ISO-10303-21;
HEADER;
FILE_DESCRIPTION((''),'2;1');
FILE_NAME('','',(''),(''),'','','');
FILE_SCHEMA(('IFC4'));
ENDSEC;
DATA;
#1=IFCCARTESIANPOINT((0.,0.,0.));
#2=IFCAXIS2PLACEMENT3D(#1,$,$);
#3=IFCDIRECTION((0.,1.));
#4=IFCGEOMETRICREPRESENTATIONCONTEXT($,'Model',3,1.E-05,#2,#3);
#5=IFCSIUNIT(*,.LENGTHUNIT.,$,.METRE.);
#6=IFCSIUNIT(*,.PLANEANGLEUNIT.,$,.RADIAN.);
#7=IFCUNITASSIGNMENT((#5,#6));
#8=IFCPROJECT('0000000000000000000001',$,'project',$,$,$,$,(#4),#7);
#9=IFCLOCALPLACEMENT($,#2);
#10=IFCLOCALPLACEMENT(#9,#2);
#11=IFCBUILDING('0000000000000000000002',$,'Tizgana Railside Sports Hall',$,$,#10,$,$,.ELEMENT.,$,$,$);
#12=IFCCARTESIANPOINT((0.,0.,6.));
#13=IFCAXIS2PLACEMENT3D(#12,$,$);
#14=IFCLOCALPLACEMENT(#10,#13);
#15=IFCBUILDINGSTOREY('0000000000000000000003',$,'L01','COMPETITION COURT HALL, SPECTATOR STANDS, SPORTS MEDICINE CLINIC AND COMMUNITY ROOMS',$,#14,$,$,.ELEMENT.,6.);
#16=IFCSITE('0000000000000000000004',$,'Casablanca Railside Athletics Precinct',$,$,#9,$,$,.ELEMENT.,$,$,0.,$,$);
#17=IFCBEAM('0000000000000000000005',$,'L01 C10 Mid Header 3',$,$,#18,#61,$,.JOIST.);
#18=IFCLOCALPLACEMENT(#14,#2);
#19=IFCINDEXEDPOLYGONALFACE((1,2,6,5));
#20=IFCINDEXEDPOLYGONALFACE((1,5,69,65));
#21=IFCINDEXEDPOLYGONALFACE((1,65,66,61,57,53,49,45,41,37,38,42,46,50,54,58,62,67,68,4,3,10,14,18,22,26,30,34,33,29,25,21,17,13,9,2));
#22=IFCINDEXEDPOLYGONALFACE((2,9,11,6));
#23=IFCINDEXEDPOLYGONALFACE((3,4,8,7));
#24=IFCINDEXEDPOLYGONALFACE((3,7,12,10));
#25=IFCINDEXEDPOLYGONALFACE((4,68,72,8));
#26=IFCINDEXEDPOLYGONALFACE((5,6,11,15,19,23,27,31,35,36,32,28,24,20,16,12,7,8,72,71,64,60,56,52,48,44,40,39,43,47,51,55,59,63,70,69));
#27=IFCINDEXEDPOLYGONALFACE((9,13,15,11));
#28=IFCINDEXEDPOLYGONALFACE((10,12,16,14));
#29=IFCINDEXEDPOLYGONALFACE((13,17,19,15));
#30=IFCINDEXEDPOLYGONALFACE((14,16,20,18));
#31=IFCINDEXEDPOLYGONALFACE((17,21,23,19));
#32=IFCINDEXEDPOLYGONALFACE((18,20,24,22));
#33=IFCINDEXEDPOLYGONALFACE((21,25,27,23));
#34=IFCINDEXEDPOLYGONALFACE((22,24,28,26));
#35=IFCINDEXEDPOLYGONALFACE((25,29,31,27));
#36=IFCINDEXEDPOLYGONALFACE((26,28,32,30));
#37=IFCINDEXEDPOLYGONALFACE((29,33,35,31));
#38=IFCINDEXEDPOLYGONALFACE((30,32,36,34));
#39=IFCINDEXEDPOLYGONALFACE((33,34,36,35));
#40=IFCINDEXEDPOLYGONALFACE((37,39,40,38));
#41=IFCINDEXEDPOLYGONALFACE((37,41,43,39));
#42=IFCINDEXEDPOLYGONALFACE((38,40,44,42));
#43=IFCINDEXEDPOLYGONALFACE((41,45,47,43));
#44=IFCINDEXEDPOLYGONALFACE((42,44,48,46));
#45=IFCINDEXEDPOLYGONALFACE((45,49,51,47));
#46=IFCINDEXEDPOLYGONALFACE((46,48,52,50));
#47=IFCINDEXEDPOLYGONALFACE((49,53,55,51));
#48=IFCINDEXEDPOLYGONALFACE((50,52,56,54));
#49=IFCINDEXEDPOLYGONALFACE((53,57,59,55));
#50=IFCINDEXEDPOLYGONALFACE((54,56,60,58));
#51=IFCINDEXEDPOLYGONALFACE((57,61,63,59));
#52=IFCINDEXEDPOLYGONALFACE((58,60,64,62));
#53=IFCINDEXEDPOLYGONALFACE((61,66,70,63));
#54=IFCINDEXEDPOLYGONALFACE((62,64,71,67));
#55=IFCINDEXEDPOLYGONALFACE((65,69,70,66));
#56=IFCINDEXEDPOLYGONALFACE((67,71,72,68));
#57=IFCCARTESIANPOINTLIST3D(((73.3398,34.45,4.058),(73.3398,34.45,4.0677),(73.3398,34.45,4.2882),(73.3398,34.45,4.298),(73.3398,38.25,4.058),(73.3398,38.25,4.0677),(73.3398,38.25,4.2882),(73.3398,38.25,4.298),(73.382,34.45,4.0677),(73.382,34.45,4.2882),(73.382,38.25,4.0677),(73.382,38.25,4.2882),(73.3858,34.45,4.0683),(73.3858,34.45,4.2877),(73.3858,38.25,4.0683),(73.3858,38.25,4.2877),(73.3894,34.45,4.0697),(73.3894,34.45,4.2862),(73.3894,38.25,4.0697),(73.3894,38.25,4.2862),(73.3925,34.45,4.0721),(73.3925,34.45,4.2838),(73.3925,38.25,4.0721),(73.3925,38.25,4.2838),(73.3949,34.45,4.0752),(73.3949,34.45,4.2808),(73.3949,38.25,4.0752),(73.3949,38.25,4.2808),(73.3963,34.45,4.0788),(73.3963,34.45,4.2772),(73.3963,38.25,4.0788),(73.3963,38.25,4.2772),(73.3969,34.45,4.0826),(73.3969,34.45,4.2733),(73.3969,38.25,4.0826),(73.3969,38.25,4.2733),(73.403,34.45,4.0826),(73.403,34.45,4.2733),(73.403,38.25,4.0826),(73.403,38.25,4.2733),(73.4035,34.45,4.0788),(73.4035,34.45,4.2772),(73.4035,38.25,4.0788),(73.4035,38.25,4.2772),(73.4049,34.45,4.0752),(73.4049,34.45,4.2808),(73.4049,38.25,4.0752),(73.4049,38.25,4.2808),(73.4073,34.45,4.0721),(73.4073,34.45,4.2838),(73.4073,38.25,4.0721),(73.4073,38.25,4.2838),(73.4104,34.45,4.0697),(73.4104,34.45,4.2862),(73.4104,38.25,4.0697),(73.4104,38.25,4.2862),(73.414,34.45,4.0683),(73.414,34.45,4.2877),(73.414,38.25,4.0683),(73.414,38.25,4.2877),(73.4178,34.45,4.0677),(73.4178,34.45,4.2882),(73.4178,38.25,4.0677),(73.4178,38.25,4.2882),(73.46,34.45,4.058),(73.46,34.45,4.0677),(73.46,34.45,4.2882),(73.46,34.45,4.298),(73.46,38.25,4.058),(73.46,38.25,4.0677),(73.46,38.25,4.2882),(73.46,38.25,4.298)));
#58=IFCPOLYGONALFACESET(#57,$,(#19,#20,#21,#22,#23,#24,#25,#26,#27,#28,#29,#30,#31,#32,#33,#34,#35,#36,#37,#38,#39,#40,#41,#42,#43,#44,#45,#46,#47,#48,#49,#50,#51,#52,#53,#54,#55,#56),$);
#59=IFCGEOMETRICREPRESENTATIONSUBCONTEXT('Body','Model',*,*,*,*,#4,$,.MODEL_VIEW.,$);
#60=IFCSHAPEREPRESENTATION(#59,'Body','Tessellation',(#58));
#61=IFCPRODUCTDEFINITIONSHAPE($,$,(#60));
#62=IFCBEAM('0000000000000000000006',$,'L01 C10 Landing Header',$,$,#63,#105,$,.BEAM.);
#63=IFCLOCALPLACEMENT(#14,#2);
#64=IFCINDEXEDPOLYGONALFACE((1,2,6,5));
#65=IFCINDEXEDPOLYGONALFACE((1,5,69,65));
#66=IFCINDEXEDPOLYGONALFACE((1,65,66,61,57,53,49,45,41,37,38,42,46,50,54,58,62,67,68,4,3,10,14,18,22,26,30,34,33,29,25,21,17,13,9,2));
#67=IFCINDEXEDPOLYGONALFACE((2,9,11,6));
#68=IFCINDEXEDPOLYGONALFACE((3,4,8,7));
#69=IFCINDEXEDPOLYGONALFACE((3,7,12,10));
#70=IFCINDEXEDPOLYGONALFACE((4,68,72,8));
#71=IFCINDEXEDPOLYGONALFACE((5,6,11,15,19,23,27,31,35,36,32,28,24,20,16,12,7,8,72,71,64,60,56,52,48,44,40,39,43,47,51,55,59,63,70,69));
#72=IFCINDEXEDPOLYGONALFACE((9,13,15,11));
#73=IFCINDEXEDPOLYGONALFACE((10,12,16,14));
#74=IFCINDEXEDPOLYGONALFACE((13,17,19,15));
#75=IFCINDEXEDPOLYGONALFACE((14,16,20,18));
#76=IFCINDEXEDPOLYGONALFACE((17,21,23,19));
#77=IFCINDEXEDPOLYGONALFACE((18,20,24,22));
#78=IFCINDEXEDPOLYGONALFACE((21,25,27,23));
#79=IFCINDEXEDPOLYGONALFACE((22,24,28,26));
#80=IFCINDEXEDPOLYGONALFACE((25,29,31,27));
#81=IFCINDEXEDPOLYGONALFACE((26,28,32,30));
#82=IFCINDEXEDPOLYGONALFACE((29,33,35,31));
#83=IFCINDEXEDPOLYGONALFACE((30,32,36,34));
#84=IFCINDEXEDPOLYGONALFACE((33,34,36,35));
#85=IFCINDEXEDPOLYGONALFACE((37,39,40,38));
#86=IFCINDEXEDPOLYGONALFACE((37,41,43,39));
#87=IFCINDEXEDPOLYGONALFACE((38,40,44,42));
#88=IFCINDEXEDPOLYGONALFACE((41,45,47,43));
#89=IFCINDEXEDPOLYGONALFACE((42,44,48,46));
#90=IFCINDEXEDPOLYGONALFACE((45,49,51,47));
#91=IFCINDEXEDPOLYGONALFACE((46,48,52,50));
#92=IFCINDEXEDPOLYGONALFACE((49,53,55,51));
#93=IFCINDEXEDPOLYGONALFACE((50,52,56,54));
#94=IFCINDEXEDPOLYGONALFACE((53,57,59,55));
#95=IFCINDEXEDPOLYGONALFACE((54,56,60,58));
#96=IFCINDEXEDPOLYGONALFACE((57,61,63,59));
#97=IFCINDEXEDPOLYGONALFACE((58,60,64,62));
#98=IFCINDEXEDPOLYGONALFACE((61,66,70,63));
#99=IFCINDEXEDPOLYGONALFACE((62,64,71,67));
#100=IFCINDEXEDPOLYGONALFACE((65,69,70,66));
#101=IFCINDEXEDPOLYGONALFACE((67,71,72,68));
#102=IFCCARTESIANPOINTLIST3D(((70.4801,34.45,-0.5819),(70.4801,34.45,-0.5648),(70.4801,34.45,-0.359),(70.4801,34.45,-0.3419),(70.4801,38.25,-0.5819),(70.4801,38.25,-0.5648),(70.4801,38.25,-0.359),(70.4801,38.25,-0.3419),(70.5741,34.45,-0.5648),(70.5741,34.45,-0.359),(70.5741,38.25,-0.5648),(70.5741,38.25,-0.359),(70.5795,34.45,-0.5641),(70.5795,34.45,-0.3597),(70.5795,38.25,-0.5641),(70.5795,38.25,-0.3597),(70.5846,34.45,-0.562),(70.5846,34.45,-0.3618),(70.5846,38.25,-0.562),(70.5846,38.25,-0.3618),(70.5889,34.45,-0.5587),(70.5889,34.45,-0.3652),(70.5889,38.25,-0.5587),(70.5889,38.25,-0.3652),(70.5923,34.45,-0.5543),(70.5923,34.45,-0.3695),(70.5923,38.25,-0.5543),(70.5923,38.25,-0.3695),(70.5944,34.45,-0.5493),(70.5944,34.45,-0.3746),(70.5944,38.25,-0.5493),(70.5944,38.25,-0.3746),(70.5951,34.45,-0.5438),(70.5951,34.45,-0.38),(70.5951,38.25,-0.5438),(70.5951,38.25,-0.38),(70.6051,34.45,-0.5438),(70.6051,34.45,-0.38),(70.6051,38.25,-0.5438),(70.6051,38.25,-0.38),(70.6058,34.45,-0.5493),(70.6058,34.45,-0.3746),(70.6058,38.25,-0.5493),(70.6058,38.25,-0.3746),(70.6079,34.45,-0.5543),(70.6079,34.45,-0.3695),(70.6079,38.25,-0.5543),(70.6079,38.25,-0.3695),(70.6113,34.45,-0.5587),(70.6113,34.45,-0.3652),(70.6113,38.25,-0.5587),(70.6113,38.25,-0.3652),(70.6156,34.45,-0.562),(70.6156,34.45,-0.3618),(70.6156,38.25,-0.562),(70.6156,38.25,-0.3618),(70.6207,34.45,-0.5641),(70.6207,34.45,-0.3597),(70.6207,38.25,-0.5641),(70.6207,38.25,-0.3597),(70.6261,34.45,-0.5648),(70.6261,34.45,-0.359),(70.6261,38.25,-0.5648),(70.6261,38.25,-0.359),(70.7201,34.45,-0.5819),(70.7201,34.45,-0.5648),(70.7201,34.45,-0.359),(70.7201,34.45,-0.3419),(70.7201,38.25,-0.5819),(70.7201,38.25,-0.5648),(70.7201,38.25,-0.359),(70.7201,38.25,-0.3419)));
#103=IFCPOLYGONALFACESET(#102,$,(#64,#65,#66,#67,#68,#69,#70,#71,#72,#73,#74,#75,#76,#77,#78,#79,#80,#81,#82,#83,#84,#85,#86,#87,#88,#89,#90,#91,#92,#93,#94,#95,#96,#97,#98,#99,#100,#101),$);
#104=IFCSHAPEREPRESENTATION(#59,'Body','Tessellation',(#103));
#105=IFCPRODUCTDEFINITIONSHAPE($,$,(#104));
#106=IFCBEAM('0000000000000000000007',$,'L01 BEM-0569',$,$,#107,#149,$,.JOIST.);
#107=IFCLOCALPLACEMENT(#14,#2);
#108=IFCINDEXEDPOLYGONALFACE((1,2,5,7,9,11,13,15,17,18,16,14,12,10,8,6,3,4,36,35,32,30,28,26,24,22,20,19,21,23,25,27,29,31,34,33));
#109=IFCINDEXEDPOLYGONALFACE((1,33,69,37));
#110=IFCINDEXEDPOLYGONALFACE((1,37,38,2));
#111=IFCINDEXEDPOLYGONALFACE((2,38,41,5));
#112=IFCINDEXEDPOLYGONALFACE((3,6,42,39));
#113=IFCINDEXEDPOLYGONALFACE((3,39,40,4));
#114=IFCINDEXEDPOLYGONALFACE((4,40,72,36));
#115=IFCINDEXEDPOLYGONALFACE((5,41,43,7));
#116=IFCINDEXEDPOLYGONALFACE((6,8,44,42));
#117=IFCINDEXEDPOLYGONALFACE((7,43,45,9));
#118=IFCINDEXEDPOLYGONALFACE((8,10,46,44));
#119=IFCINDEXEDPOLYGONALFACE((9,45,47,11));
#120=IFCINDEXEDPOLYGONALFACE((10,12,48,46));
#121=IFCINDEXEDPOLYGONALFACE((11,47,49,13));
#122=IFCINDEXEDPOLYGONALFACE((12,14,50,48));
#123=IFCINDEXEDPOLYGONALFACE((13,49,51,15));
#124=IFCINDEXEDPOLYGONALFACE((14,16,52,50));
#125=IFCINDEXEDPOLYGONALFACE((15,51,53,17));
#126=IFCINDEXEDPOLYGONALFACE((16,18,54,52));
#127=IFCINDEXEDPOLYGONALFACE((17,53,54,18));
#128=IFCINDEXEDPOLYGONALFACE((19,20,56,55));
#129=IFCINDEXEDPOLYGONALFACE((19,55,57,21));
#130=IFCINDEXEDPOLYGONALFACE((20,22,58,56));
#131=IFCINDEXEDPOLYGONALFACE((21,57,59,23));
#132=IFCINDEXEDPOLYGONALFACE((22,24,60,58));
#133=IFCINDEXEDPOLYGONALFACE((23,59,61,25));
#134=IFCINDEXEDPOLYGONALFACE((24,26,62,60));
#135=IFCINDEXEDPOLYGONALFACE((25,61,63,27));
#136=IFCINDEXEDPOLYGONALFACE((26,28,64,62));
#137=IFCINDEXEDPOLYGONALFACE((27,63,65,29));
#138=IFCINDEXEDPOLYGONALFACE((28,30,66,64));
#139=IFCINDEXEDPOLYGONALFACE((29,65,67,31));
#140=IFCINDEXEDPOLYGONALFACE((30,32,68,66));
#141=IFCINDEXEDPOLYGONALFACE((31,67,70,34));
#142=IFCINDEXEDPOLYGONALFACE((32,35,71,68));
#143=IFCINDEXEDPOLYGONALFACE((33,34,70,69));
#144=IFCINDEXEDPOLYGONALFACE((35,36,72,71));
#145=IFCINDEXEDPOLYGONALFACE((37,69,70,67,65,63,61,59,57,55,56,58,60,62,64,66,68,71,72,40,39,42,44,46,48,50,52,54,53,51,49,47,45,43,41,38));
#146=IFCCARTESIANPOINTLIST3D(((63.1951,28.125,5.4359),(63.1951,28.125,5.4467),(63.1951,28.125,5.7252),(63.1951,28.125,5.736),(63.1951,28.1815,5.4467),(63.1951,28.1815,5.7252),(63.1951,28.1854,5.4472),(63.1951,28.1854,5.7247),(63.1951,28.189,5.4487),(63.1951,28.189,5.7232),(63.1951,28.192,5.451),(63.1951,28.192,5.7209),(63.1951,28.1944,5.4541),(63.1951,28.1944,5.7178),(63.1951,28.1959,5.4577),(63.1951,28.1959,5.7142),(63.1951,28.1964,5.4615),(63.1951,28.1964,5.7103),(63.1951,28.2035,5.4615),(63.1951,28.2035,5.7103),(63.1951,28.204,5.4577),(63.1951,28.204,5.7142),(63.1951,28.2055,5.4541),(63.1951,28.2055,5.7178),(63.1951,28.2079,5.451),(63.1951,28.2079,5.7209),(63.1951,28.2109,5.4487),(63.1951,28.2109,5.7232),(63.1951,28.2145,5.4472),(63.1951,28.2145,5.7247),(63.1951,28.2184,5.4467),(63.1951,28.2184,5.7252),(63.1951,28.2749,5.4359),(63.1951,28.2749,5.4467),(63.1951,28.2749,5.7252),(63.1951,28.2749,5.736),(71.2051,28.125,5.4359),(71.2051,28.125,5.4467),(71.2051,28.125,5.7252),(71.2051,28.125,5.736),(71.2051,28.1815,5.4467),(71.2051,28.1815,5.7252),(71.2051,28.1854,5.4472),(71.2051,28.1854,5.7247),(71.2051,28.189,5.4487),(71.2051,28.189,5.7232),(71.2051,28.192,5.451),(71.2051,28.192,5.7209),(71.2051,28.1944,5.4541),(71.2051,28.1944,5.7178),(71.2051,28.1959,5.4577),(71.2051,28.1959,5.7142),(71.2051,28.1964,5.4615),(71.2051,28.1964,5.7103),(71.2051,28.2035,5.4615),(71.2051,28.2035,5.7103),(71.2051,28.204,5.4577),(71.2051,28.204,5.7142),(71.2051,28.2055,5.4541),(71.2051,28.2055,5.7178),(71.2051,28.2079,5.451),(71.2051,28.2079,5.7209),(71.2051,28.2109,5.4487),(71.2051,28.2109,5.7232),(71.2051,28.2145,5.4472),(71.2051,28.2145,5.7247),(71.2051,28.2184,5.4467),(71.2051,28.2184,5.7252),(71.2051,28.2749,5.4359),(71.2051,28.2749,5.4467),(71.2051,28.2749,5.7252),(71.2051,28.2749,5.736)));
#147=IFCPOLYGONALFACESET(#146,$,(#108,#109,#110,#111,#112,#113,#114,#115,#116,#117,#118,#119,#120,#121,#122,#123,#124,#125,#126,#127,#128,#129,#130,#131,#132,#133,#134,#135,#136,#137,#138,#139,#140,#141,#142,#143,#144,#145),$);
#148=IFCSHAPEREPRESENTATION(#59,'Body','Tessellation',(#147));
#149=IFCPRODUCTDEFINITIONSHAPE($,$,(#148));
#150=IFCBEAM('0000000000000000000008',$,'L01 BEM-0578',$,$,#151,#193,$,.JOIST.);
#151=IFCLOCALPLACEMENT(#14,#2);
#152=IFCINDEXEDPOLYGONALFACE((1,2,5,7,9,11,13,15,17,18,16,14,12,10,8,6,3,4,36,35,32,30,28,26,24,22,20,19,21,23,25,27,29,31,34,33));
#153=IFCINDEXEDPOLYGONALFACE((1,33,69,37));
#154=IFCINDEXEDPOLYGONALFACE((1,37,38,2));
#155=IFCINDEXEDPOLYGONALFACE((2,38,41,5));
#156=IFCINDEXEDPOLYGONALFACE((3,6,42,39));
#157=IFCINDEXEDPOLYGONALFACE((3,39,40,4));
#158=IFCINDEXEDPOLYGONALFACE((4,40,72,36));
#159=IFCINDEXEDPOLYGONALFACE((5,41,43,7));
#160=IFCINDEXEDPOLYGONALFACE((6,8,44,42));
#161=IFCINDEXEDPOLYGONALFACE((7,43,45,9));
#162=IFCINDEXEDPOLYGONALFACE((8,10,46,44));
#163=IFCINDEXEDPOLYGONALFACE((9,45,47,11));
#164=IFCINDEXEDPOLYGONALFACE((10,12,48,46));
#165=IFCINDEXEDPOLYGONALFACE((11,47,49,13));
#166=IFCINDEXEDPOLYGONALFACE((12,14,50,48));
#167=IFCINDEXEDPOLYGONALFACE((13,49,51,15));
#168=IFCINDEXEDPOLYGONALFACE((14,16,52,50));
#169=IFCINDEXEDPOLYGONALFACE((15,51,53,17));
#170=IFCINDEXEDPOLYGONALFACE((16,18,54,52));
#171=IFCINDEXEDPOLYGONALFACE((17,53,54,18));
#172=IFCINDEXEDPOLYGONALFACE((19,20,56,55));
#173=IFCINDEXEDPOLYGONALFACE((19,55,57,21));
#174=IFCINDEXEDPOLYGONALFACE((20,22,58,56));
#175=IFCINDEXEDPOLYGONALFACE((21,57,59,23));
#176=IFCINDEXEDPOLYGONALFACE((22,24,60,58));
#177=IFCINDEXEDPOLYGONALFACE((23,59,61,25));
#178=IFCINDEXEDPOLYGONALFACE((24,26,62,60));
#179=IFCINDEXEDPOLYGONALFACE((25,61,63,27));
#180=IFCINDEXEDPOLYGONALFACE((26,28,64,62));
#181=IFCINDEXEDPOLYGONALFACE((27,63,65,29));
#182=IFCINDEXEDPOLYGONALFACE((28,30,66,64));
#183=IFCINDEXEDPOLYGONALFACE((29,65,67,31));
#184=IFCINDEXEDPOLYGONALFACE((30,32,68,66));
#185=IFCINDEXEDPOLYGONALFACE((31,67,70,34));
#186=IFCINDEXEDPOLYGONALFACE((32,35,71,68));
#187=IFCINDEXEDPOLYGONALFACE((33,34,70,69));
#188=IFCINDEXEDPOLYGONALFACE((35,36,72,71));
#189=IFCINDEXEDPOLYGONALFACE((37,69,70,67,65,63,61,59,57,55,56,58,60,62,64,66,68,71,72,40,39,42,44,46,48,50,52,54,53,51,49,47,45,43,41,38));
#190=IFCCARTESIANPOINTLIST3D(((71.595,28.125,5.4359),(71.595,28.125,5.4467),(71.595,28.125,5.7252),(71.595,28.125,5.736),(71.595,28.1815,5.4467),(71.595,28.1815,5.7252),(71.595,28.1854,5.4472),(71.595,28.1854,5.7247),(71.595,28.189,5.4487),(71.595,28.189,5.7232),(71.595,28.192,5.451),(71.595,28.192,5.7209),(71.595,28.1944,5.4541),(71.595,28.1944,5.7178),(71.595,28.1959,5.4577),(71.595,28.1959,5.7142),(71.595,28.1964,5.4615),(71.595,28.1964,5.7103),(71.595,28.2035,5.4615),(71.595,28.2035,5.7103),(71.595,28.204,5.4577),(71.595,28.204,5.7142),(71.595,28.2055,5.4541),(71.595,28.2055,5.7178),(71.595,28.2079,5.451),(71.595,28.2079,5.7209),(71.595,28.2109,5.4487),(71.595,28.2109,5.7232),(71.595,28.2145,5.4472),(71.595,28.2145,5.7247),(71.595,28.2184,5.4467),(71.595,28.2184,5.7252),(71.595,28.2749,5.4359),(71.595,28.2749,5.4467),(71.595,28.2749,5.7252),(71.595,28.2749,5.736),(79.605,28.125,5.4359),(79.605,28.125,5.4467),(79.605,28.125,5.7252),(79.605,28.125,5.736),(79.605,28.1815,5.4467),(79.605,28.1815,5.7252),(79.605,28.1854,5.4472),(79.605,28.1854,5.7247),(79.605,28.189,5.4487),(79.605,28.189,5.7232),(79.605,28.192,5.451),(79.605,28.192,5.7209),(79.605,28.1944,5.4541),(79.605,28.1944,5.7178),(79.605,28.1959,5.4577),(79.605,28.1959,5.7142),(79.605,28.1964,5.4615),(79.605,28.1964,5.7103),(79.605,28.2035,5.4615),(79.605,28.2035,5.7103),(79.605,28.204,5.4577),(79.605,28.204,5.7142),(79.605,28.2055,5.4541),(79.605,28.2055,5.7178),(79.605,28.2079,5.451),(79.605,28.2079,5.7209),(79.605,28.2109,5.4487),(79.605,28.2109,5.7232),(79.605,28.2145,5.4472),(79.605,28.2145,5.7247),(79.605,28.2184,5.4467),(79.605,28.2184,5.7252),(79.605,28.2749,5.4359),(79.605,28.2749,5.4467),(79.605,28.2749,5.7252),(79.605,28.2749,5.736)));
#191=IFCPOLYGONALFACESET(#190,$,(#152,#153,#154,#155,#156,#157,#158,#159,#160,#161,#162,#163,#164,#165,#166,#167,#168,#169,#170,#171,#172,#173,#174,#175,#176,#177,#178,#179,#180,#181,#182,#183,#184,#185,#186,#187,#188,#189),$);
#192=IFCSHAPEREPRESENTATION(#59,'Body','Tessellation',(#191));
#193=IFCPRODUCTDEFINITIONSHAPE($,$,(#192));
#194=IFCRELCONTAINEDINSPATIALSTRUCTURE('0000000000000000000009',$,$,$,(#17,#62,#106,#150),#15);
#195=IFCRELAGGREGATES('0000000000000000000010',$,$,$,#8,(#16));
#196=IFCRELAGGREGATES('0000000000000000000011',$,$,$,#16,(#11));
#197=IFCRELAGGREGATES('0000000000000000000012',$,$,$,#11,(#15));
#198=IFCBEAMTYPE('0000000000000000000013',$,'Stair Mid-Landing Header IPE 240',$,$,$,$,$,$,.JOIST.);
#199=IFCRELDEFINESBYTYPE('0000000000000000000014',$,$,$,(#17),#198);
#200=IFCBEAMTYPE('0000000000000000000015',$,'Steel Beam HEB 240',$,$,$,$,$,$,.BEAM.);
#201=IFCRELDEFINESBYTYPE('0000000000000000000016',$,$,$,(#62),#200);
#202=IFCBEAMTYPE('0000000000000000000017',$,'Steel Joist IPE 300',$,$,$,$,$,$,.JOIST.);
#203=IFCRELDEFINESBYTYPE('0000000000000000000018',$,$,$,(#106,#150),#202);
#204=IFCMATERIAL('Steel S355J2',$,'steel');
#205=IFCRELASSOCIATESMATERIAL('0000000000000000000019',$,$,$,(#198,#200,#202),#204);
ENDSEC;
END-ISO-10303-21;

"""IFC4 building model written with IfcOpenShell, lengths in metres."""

from ifc_helpers import new_model, si_unit, direction, frame, origin, origin_2d, place, context, subcontext, project, spatial, i_section, extrude, material, material_profile, profile_set, type_object, element, save


model = new_model("IFC4")

# Units and contexts
model_context = context("Model", 3, precision=1e-05, world=origin(), true_north=direction((0.0, 1.0)))
body_context = subcontext(model_context, "Body", "Model", "MODEL_VIEW")
ifc_project = project(units=[si_unit("LENGTHUNIT", "METRE"), si_unit("PLANEANGLEUNIT", "RADIAN")], contexts=[model_context])

# Site, building, storey
site_placement = place(None, origin())
site = spatial("IfcSite", under=ifc_project, at=site_placement, Name="Casablanca Railside Athletics Precinct", CompositionType="ELEMENT", RefElevation=0.0)
building_placement = place(site_placement, origin())
building = spatial("IfcBuilding", under=site, at=building_placement, Name="Tizgana Railside Sports Hall", CompositionType="ELEMENT")
storey_placement = place(building_placement, frame((0.0, 0.0, 6.0)))
storey = spatial("IfcBuildingStorey", under=building, at=storey_placement, Name="L01", Description="COMPETITION COURT HALL, SPECTATOR STANDS, SPORTS MEDICINE CLINIC AND COMMUNITY ROOMS", CompositionType="ELEMENT", Elevation=6.0)

# Shared definitions
ifc_material_1 = material(Name="Steel S355J2", Category="steel")

# Beams
ifc_material_profile_1 = material_profile(ifc_material_1, i_section(OverallWidth=0.1201, OverallDepth=0.24, WebThickness=0.0061, FlangeThickness=0.0098, FilletRadius=0.0149, at=origin_2d()), Name="IPE 240")
ifc_profile_set_1 = profile_set([ifc_material_profile_1], Name="Steel S355J2")
beam_type_1 = type_object("IfcBeamType", Name="Stair Mid-Landing Header IPE 240", PredefinedType="JOIST", material=ifc_profile_set_1)
for number, where, z_axis, x_axis, name in (
    (1, (73.3999, 34.45, 4.178), (0.0, 1.0, 0.0), (-1.0, 0.0, 0.0), "L01 C10 Mid Header 3"),
):
    element("IfcBeam", number, at=place(storey_placement, frame(where, z_axis=z_axis, x_axis=x_axis)), inside=storey, type_object=beam_type_1, Name=name, PredefinedType="JOIST", context=body_context, shape_type="SweptSolid", body=[
        extrude(i_section(OverallWidth=0.1201, OverallDepth=0.24, WebThickness=0.0061, FlangeThickness=0.0098, FilletRadius=0.0149, at=origin_2d()), origin(), (0.0, 0.0, 1.0), 3.8),
    ])
ifc_material_profile_2 = material_profile(ifc_material_1, i_section(OverallWidth=0.24, OverallDepth=0.24, WebThickness=0.01, FlangeThickness=0.0171, FilletRadius=0.021, at=origin_2d()), Name="HEB 240")
ifc_profile_set_2 = profile_set([ifc_material_profile_2], Name="Steel S355J2")
beam_type_2 = type_object("IfcBeamType", Name="Steel Beam HEB 240", PredefinedType="BEAM", material=ifc_profile_set_2)
beam_1_placement = place(storey_placement, frame((70.6001, 34.45, -0.4619), z_axis=(0.0, 1.0, 0.0), x_axis=(-1.0, 0.0, 0.0)))
element("IfcBeam", 2, at=beam_1_placement, inside=storey, type_object=beam_type_2, Name="L01 C10 Landing Header", PredefinedType="BEAM", context=body_context, shape_type="SweptSolid", body=[
    extrude(i_section(OverallWidth=0.24, OverallDepth=0.24, WebThickness=0.01, FlangeThickness=0.0171, FilletRadius=0.021, at=origin_2d()), origin(), (0.0, 0.0, 1.0), 3.8),
])
ifc_material_profile_3 = material_profile(ifc_material_1, i_section(OverallWidth=0.1499, OverallDepth=0.3, WebThickness=0.0071, FlangeThickness=0.0107, FilletRadius=0.0149, at=origin_2d()), Name="IPE 300")
ifc_profile_set_3 = profile_set([ifc_material_profile_3], Name="Steel S355J2")
beam_type_3 = type_object("IfcBeamType", Name="Steel Joist IPE 300", PredefinedType="JOIST", material=ifc_profile_set_3)
for number, where, z_axis, x_axis, name in (
    (3, (63.1951, 28.2, 5.5859), (1.0, 0.0, 0.0), (0.0, 1.0, 0.0), "L01 BEM-0569"),
    (4, (71.595, 28.2, 5.5859), (1.0, 0.0, 0.0), (0.0, 1.0, 0.0), "L01 BEM-0578"),
):
    element("IfcBeam", number, at=place(storey_placement, frame(where, z_axis=z_axis, x_axis=x_axis)), inside=storey, type_object=beam_type_3, Name=name, PredefinedType="JOIST", context=body_context, shape_type="SweptSolid", body=[
        extrude(i_section(OverallWidth=0.1499, OverallDepth=0.3, WebThickness=0.0071, FlangeThickness=0.0107, FilletRadius=0.0149, at=origin_2d()), origin(), (0.0, 0.0, 1.0), 8.01),
    ])

save(model, "model.ifc")
